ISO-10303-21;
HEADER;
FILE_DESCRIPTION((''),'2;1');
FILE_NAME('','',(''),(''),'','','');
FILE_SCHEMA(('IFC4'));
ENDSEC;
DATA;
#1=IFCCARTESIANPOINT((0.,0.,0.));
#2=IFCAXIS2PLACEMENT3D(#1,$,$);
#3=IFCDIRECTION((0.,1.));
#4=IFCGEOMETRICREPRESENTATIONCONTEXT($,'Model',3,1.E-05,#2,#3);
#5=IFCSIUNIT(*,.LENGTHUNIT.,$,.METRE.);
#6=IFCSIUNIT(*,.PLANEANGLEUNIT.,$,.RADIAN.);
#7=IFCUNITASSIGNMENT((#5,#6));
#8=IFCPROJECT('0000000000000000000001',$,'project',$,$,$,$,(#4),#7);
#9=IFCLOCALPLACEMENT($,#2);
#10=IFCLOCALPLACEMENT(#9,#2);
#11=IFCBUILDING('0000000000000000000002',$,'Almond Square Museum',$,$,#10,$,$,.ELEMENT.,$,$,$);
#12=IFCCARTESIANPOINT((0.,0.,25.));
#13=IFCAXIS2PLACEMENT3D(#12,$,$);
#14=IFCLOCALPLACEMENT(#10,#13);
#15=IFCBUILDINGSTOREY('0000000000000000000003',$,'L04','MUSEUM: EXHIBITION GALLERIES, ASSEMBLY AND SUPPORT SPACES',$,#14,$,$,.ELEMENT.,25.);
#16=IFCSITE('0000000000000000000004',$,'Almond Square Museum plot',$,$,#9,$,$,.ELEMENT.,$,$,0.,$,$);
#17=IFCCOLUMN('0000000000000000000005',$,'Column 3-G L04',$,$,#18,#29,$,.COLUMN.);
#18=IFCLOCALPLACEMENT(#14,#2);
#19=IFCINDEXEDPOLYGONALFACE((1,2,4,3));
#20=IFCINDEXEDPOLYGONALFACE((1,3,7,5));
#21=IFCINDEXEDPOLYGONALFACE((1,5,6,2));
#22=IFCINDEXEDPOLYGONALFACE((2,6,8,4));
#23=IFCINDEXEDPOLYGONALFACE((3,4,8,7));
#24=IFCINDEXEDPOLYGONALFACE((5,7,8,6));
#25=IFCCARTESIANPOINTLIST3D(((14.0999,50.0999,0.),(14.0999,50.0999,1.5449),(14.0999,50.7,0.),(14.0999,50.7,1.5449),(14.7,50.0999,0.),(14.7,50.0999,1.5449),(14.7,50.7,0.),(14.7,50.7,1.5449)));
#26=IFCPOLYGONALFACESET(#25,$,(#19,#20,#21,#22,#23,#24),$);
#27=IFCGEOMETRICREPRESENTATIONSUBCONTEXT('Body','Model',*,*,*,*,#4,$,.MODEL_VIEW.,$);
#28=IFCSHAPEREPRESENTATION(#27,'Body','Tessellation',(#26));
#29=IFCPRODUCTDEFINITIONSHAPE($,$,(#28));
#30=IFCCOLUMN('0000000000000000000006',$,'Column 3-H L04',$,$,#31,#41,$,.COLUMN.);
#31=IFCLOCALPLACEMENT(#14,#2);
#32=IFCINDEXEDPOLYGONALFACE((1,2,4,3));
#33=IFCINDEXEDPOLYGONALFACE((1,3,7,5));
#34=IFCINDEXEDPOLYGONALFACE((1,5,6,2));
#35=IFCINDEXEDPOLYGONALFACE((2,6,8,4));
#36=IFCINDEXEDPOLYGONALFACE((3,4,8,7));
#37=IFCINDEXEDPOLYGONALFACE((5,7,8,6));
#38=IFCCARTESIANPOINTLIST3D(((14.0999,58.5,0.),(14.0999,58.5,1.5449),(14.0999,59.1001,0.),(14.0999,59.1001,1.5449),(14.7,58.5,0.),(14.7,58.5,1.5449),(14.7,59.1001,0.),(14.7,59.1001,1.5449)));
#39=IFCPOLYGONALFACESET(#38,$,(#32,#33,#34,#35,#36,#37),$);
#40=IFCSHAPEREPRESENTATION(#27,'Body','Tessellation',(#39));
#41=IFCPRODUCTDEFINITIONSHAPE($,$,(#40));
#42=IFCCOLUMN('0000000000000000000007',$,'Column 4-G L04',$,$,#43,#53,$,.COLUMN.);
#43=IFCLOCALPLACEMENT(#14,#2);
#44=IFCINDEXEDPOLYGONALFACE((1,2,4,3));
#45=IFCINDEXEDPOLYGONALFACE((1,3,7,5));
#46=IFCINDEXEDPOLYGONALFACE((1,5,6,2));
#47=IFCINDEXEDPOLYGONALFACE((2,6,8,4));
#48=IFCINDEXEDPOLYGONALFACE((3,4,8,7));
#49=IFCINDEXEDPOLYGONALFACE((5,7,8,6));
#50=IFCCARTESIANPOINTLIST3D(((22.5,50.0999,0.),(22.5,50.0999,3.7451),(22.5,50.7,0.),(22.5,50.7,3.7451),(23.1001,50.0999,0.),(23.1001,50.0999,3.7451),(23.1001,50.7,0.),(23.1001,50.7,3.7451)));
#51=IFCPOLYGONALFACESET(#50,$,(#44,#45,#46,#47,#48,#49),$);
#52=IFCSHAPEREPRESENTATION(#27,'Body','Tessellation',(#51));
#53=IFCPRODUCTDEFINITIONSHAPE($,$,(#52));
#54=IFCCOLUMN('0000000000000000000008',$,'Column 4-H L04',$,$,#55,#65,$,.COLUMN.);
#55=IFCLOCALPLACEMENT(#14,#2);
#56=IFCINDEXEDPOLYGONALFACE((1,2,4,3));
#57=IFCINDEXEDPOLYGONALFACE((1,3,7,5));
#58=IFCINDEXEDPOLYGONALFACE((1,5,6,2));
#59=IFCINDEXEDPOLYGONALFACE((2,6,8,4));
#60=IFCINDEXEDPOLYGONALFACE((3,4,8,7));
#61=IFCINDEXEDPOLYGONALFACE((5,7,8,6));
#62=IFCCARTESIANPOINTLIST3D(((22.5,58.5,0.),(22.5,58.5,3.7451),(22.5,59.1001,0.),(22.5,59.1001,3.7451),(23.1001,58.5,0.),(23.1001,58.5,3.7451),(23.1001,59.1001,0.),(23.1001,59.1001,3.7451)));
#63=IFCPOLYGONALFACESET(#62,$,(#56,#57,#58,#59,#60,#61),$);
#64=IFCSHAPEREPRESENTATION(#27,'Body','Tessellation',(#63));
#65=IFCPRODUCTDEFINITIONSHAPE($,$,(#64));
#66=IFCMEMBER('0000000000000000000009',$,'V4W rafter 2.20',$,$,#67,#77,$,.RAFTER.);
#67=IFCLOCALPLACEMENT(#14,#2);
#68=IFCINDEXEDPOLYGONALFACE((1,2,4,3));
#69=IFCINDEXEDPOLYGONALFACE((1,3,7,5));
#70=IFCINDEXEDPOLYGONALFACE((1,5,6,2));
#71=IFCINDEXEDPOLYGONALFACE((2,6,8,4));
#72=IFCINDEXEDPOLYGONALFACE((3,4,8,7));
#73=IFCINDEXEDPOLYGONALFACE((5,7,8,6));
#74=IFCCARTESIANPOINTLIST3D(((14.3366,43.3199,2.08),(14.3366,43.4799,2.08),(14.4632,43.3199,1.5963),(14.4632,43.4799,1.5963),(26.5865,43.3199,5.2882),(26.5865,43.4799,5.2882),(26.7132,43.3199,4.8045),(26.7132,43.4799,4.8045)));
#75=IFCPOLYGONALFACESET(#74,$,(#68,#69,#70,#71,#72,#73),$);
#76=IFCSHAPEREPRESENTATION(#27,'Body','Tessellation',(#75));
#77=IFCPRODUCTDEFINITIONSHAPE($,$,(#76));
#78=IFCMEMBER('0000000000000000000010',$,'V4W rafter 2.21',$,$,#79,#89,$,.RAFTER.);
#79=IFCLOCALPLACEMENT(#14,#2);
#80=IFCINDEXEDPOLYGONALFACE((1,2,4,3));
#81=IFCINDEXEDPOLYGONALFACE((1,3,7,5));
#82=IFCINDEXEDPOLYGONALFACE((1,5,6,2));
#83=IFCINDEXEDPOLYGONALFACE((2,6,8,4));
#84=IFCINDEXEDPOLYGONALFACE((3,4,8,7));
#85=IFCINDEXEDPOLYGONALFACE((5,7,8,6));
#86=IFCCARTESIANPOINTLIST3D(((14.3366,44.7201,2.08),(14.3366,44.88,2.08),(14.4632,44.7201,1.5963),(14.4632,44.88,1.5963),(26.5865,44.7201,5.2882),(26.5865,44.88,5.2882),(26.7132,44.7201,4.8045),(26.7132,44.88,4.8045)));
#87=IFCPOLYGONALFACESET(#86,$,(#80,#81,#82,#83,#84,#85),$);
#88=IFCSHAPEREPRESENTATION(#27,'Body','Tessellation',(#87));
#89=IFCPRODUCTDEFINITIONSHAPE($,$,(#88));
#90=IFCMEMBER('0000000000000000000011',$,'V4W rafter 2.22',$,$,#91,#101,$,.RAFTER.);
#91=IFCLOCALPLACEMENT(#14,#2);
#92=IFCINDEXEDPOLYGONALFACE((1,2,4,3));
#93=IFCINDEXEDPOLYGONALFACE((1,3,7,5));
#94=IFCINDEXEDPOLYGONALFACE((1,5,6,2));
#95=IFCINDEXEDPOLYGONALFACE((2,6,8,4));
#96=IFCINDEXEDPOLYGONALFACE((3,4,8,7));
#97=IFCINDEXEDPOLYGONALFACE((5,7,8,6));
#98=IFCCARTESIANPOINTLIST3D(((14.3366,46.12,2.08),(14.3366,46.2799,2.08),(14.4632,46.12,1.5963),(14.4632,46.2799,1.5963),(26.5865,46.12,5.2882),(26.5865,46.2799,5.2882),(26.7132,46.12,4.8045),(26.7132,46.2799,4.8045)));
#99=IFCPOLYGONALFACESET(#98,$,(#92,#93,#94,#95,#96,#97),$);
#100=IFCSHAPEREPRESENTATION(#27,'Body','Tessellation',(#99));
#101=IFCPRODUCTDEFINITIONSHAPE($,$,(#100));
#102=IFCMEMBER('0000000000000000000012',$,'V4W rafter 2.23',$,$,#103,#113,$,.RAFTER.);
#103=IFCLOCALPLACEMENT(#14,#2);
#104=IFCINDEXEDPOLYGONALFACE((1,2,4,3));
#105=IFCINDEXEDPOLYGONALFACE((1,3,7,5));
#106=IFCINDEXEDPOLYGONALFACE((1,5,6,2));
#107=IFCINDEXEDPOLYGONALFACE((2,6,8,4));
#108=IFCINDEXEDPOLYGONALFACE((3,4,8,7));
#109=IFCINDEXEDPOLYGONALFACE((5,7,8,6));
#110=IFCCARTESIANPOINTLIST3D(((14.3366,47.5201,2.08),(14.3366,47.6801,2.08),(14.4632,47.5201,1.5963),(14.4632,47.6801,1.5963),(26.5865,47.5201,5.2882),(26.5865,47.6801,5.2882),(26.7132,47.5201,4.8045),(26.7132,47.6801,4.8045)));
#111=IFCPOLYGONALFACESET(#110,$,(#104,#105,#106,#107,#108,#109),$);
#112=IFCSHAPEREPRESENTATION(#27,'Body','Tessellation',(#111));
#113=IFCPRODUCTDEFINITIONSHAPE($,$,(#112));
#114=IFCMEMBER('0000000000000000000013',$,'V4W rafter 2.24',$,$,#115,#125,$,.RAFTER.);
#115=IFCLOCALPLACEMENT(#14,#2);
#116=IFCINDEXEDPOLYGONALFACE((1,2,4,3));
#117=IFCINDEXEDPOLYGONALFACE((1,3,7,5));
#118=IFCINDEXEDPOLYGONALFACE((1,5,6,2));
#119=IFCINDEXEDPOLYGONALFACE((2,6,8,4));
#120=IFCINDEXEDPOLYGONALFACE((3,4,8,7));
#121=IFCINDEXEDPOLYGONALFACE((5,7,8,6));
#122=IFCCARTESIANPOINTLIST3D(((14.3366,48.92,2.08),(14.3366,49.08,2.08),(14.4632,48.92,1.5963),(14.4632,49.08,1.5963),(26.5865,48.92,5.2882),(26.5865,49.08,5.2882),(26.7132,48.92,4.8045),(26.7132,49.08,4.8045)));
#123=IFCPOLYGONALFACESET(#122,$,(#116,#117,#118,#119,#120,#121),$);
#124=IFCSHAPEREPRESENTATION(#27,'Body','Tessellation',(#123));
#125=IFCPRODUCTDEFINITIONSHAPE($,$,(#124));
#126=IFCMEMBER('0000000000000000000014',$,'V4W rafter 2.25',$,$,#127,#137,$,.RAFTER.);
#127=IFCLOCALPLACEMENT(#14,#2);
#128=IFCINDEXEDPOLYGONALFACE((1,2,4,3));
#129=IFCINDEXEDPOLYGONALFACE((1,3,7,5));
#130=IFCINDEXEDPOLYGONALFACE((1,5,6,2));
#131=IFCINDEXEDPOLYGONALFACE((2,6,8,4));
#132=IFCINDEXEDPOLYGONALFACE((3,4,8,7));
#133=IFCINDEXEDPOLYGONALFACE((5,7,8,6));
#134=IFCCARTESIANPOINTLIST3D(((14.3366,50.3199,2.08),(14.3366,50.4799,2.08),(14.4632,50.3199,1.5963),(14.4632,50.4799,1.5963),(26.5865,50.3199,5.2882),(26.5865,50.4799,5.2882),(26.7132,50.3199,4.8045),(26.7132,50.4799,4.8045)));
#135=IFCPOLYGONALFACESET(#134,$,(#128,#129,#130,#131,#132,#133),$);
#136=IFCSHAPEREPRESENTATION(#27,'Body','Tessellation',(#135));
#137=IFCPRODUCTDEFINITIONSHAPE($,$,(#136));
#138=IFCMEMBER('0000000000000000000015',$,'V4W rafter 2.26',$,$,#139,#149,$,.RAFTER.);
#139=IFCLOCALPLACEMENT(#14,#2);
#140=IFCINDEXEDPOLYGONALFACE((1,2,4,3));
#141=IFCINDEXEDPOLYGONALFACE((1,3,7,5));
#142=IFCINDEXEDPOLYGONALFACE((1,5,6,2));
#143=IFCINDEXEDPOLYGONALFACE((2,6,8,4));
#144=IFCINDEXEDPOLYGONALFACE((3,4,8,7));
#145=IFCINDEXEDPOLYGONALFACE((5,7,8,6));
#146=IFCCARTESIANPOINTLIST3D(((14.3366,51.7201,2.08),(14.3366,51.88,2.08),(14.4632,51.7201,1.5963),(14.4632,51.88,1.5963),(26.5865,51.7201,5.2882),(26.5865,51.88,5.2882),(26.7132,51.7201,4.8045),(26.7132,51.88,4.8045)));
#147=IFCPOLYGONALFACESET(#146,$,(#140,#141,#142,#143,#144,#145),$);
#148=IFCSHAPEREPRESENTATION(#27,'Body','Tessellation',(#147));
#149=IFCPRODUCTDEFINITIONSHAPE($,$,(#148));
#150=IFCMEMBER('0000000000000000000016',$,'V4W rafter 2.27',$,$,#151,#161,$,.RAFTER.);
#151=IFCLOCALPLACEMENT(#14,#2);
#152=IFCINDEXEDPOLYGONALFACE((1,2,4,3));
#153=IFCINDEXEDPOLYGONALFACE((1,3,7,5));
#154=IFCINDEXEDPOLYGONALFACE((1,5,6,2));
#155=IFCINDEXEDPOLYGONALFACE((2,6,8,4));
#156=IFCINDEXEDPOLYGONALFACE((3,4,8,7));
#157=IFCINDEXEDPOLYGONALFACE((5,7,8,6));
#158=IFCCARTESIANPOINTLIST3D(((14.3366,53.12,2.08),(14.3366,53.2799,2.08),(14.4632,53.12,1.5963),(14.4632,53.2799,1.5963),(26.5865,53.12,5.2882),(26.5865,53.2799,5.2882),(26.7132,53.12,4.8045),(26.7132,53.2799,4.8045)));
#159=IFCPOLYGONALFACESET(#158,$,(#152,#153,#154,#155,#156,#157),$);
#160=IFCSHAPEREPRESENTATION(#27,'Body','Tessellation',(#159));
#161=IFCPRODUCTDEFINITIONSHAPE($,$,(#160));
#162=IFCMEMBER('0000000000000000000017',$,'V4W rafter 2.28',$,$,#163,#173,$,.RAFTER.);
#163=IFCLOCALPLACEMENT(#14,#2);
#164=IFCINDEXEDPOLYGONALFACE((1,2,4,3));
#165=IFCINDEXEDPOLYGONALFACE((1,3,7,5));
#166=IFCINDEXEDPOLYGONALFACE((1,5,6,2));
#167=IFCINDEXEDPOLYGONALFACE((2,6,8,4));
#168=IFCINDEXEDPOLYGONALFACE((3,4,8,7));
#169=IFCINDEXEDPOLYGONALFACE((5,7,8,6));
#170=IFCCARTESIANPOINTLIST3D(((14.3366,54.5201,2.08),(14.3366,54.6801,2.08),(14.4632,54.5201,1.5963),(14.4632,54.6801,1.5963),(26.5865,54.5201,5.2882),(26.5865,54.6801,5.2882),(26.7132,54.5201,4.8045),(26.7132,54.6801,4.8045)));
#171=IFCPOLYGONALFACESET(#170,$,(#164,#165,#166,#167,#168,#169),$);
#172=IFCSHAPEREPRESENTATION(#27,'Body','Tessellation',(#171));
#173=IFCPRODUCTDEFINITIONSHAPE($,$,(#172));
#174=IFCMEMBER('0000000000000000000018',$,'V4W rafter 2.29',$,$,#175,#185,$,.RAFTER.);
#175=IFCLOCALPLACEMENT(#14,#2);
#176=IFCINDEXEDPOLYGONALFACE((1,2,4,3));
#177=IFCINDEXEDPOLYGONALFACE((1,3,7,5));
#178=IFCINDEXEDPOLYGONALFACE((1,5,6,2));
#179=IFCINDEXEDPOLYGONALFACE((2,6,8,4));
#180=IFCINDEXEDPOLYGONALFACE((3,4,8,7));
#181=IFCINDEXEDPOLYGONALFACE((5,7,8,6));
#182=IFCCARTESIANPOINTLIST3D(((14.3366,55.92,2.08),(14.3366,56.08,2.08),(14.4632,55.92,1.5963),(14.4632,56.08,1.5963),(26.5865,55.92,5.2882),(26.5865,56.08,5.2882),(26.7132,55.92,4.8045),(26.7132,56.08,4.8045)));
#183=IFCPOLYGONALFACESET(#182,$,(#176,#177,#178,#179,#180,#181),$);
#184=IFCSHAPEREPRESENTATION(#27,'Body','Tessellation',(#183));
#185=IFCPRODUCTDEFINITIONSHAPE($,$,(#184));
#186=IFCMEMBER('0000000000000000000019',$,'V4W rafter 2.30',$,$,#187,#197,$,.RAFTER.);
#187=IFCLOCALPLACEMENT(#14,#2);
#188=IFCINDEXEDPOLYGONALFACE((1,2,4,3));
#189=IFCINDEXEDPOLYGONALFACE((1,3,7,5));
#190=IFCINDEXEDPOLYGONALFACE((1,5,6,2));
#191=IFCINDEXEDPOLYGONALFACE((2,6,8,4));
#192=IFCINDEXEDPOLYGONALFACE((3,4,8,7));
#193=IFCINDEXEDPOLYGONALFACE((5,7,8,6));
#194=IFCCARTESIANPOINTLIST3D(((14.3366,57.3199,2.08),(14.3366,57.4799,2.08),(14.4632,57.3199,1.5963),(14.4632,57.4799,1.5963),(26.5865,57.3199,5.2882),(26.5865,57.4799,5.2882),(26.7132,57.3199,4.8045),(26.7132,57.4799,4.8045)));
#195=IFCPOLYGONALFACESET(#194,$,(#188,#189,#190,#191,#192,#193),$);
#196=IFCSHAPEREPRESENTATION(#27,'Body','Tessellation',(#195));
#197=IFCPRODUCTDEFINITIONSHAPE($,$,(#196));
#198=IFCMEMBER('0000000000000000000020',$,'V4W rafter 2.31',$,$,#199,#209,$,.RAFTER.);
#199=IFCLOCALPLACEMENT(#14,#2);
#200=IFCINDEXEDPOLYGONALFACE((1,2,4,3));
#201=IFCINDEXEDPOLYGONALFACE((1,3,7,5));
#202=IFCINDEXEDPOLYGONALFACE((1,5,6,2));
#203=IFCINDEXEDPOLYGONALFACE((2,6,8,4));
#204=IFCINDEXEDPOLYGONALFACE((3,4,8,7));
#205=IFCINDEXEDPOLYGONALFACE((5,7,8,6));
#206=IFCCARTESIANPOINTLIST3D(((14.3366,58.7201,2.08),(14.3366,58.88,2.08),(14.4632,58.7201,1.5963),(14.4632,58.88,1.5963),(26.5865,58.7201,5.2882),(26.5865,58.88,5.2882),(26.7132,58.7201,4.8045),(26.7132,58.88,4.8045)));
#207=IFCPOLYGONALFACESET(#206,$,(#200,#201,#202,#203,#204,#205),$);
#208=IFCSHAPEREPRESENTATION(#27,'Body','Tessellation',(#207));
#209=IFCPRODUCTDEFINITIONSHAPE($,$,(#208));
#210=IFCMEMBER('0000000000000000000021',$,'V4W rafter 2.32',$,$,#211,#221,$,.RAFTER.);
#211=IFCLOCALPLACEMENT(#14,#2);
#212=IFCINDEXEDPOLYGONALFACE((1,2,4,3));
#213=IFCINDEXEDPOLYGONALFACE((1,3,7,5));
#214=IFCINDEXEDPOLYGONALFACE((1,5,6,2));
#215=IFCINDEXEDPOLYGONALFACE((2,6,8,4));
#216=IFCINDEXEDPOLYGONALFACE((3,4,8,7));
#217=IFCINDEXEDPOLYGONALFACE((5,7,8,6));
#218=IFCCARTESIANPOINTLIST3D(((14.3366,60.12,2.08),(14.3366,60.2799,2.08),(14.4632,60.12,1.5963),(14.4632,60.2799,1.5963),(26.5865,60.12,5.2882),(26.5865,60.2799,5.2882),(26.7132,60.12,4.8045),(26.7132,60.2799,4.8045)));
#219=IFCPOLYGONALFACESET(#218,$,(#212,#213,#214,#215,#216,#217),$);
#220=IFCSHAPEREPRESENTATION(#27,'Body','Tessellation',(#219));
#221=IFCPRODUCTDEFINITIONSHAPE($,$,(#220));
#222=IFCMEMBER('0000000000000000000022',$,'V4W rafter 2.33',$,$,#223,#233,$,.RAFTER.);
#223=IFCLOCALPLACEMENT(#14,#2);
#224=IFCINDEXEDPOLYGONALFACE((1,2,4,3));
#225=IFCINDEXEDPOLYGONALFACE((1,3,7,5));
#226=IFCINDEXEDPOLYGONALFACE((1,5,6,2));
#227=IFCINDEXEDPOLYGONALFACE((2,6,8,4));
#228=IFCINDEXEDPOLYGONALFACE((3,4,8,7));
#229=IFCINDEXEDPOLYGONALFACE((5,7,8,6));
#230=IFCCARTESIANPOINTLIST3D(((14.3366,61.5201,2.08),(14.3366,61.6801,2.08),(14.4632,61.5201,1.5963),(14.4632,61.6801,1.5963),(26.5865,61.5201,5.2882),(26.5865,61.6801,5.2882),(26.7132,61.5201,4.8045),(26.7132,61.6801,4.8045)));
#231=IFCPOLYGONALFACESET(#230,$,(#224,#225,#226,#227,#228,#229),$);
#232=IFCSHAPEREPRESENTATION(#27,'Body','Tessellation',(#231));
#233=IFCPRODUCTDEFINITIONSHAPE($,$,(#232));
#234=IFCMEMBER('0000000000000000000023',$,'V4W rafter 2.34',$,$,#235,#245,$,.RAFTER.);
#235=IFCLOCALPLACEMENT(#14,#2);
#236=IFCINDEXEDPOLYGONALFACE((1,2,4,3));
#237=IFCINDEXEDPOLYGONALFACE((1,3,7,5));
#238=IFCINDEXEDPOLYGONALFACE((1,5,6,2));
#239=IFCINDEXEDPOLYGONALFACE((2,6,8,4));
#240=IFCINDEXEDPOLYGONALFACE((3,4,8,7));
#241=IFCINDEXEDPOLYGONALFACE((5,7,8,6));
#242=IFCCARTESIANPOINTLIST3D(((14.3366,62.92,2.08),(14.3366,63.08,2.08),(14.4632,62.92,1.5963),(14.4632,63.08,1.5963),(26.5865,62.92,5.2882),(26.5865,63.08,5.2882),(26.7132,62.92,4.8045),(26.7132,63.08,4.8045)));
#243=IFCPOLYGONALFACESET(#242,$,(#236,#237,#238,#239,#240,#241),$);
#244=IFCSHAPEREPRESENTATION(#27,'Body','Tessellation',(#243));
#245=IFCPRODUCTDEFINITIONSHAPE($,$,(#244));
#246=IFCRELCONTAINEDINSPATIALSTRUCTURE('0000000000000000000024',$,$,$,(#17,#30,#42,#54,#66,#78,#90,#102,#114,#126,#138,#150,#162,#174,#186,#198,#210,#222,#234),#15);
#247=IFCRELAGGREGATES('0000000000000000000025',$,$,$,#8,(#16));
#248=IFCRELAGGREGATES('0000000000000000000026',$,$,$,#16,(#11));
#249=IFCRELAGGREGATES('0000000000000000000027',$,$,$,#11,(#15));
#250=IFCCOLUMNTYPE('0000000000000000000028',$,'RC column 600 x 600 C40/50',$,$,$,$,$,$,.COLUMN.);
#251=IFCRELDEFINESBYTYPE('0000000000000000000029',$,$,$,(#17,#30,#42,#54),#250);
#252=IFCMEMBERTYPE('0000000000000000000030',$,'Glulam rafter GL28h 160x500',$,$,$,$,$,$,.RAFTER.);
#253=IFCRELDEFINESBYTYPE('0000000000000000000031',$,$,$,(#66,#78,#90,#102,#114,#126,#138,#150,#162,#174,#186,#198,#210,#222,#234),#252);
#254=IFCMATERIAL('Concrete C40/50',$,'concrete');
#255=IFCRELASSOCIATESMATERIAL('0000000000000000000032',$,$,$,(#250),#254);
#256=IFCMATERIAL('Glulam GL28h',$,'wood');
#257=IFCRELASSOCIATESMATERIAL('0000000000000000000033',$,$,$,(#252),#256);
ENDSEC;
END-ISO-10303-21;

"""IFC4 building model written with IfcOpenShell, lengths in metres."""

from ifc_helpers import new_model, si_unit, direction, frame, origin, origin_2d, place, context, subcontext, project, spatial, rectangle, extrude, material, material_profile, profile_set, type_object, element, save


model = new_model("IFC4")

# Units and contexts
model_context = context("Model", 3, precision=1e-05, world=origin(), true_north=direction((0.0, 1.0)))
body_context = subcontext(model_context, "Body", "Model", "MODEL_VIEW")
ifc_project = project(units=[si_unit("LENGTHUNIT", "METRE"), si_unit("PLANEANGLEUNIT", "RADIAN")], contexts=[model_context])

# Site, building, storey
site_placement = place(None, origin())
site = spatial("IfcSite", under=ifc_project, at=site_placement, Name="Almond Square Museum plot", CompositionType="ELEMENT", RefElevation=0.0)
building_placement = place(site_placement, origin())
building = spatial("IfcBuilding", under=site, at=building_placement, Name="Almond Square Museum", CompositionType="ELEMENT")
storey_placement = place(building_placement, frame((0.0, 0.0, 25.0)))
storey = spatial("IfcBuildingStorey", under=building, at=storey_placement, Name="L04", Description="MUSEUM: EXHIBITION GALLERIES, ASSEMBLY AND SUPPORT SPACES", CompositionType="ELEMENT", Elevation=25.0)

# Columns
ifc_material_1 = material(Name="Concrete C40/50", Category="concrete")
ifc_material_profile_1 = material_profile(ifc_material_1, rectangle(XDim=0.6001, YDim=0.6001, at=origin_2d()))
ifc_profile_set_1 = profile_set([ifc_material_profile_1], Name="Concrete C40/50")
column_type = type_object("IfcColumnType", Name="RC column 600 x 600 C40/50", PredefinedType="COLUMN", material=ifc_profile_set_1)
for number, where, z_axis, x_axis, name in (
    (1, (14.3999, 50.3999, 0.0), (0.0, 0.0, 1.0), (1.0, 0.0, 0.0), "Column 3-G L04"),
    (2, (14.3999, 58.8, 0.0), (0.0, 0.0, 1.0), (1.0, 0.0, 0.0), "Column 3-H L04"),
):
    element("IfcColumn", number, at=place(storey_placement, frame(where, z_axis=z_axis, x_axis=x_axis)), inside=storey, type_object=column_type, Name=name, PredefinedType="COLUMN", context=body_context, shape_type="SweptSolid", body=[
        extrude(rectangle(XDim=0.6001, YDim=0.6001, at=origin_2d()), origin(), (0.0, 0.0, 1.0), 1.5449),
    ])
for number, where, z_axis, x_axis, name in (
    (3, (22.8, 50.3999, 0.0), (0.0, 0.0, 1.0), (1.0, 0.0, 0.0), "Column 4-G L04"),
    (4, (22.8, 58.8, 0.0), (0.0, 0.0, 1.0), (1.0, 0.0, 0.0), "Column 4-H L04"),
):
    element("IfcColumn", number, at=place(storey_placement, frame(where, z_axis=z_axis, x_axis=x_axis)), inside=storey, type_object=column_type, Name=name, PredefinedType="COLUMN", context=body_context, shape_type="SweptSolid", body=[
        extrude(rectangle(XDim=0.6001, YDim=0.6001, at=origin_2d()), origin(), (0.0, 0.0, 1.0), 3.7451),
    ])

# Members
ifc_material_2 = material(Name="Glulam GL28h", Category="wood")
ifc_material_profile_2 = material_profile(ifc_material_2, rectangle(XDim=0.1599, YDim=0.5, at=origin_2d()))
ifc_profile_set_2 = profile_set([ifc_material_profile_2], Name="Glulam GL28h")
member_type = type_object("IfcMemberType", Name="Glulam rafter GL28h 160x500", PredefinedType="RAFTER", material=ifc_profile_set_2)
for number, where, z_axis, x_axis, name in (
    (5, (14.3999, 43.3999, 1.8381), (0.967374, 0.0, 0.253353), (0.0, 1.0, 0.0), "V4W rafter 2.20"),
    (6, (14.3999, 44.8, 1.8381), (0.967374, 0.0, 0.253353), (0.0, 1.0, 0.0), "V4W rafter 2.21"),
    (7, (14.3999, 46.2, 1.8381), (0.967374, 0.0, 0.253353), (0.0, 1.0, 0.0), "V4W rafter 2.22"),
    (8, (14.3999, 47.6001, 1.8381), (0.967374, 0.0, 0.253353), (0.0, 1.0, 0.0), "V4W rafter 2.23"),
    (9, (14.3999, 49.0, 1.8381), (0.967374, 0.0, 0.253353), (0.0, 1.0, 0.0), "V4W rafter 2.24"),
    (10, (14.3999, 50.3999, 1.8381), (0.967374, 0.0, 0.253353), (0.0, 1.0, 0.0), "V4W rafter 2.25"),
    (11, (14.3999, 51.8, 1.8381), (0.967374, 0.0, 0.253353), (0.0, 1.0, 0.0), "V4W rafter 2.26"),
    (12, (14.3999, 53.2, 1.8381), (0.967374, 0.0, 0.253353), (0.0, 1.0, 0.0), "V4W rafter 2.27"),
    (13, (14.3999, 54.6001, 1.8381), (0.967374, 0.0, 0.253353), (0.0, 1.0, 0.0), "V4W rafter 2.28"),
    (14, (14.3999, 56.0, 1.8381), (0.967374, 0.0, 0.253353), (0.0, 1.0, 0.0), "V4W rafter 2.29"),
    (15, (14.3999, 57.3999, 1.8381), (0.967374, 0.0, 0.253353), (0.0, 1.0, 0.0), "V4W rafter 2.30"),
    (16, (14.3999, 58.8, 1.8381), (0.967374, 0.0, 0.253353), (0.0, 1.0, 0.0), "V4W rafter 2.31"),
    (17, (14.3999, 60.2, 1.8381), (0.967374, 0.0, 0.253353), (0.0, 1.0, 0.0), "V4W rafter 2.32"),
    (18, (14.3999, 61.6001, 1.8381), (0.967374, 0.0, 0.253353), (0.0, 1.0, 0.0), "V4W rafter 2.33"),
    (19, (14.3999, 63.0, 1.8381), (0.967374, 0.0, 0.253353), (0.0, 1.0, 0.0), "V4W rafter 2.34"),
):
    element("IfcMember", number, at=place(storey_placement, frame(where, z_axis=z_axis, x_axis=x_axis)), inside=storey, type_object=member_type, Name=name, PredefinedType="RAFTER", context=body_context, shape_type="SweptSolid", body=[
        extrude(rectangle(XDim=0.1599, YDim=0.5, at=origin_2d()), origin(), (0.0, 0.0, 1.0), 12.6631),
    ])

save(model, "model.ifc")
